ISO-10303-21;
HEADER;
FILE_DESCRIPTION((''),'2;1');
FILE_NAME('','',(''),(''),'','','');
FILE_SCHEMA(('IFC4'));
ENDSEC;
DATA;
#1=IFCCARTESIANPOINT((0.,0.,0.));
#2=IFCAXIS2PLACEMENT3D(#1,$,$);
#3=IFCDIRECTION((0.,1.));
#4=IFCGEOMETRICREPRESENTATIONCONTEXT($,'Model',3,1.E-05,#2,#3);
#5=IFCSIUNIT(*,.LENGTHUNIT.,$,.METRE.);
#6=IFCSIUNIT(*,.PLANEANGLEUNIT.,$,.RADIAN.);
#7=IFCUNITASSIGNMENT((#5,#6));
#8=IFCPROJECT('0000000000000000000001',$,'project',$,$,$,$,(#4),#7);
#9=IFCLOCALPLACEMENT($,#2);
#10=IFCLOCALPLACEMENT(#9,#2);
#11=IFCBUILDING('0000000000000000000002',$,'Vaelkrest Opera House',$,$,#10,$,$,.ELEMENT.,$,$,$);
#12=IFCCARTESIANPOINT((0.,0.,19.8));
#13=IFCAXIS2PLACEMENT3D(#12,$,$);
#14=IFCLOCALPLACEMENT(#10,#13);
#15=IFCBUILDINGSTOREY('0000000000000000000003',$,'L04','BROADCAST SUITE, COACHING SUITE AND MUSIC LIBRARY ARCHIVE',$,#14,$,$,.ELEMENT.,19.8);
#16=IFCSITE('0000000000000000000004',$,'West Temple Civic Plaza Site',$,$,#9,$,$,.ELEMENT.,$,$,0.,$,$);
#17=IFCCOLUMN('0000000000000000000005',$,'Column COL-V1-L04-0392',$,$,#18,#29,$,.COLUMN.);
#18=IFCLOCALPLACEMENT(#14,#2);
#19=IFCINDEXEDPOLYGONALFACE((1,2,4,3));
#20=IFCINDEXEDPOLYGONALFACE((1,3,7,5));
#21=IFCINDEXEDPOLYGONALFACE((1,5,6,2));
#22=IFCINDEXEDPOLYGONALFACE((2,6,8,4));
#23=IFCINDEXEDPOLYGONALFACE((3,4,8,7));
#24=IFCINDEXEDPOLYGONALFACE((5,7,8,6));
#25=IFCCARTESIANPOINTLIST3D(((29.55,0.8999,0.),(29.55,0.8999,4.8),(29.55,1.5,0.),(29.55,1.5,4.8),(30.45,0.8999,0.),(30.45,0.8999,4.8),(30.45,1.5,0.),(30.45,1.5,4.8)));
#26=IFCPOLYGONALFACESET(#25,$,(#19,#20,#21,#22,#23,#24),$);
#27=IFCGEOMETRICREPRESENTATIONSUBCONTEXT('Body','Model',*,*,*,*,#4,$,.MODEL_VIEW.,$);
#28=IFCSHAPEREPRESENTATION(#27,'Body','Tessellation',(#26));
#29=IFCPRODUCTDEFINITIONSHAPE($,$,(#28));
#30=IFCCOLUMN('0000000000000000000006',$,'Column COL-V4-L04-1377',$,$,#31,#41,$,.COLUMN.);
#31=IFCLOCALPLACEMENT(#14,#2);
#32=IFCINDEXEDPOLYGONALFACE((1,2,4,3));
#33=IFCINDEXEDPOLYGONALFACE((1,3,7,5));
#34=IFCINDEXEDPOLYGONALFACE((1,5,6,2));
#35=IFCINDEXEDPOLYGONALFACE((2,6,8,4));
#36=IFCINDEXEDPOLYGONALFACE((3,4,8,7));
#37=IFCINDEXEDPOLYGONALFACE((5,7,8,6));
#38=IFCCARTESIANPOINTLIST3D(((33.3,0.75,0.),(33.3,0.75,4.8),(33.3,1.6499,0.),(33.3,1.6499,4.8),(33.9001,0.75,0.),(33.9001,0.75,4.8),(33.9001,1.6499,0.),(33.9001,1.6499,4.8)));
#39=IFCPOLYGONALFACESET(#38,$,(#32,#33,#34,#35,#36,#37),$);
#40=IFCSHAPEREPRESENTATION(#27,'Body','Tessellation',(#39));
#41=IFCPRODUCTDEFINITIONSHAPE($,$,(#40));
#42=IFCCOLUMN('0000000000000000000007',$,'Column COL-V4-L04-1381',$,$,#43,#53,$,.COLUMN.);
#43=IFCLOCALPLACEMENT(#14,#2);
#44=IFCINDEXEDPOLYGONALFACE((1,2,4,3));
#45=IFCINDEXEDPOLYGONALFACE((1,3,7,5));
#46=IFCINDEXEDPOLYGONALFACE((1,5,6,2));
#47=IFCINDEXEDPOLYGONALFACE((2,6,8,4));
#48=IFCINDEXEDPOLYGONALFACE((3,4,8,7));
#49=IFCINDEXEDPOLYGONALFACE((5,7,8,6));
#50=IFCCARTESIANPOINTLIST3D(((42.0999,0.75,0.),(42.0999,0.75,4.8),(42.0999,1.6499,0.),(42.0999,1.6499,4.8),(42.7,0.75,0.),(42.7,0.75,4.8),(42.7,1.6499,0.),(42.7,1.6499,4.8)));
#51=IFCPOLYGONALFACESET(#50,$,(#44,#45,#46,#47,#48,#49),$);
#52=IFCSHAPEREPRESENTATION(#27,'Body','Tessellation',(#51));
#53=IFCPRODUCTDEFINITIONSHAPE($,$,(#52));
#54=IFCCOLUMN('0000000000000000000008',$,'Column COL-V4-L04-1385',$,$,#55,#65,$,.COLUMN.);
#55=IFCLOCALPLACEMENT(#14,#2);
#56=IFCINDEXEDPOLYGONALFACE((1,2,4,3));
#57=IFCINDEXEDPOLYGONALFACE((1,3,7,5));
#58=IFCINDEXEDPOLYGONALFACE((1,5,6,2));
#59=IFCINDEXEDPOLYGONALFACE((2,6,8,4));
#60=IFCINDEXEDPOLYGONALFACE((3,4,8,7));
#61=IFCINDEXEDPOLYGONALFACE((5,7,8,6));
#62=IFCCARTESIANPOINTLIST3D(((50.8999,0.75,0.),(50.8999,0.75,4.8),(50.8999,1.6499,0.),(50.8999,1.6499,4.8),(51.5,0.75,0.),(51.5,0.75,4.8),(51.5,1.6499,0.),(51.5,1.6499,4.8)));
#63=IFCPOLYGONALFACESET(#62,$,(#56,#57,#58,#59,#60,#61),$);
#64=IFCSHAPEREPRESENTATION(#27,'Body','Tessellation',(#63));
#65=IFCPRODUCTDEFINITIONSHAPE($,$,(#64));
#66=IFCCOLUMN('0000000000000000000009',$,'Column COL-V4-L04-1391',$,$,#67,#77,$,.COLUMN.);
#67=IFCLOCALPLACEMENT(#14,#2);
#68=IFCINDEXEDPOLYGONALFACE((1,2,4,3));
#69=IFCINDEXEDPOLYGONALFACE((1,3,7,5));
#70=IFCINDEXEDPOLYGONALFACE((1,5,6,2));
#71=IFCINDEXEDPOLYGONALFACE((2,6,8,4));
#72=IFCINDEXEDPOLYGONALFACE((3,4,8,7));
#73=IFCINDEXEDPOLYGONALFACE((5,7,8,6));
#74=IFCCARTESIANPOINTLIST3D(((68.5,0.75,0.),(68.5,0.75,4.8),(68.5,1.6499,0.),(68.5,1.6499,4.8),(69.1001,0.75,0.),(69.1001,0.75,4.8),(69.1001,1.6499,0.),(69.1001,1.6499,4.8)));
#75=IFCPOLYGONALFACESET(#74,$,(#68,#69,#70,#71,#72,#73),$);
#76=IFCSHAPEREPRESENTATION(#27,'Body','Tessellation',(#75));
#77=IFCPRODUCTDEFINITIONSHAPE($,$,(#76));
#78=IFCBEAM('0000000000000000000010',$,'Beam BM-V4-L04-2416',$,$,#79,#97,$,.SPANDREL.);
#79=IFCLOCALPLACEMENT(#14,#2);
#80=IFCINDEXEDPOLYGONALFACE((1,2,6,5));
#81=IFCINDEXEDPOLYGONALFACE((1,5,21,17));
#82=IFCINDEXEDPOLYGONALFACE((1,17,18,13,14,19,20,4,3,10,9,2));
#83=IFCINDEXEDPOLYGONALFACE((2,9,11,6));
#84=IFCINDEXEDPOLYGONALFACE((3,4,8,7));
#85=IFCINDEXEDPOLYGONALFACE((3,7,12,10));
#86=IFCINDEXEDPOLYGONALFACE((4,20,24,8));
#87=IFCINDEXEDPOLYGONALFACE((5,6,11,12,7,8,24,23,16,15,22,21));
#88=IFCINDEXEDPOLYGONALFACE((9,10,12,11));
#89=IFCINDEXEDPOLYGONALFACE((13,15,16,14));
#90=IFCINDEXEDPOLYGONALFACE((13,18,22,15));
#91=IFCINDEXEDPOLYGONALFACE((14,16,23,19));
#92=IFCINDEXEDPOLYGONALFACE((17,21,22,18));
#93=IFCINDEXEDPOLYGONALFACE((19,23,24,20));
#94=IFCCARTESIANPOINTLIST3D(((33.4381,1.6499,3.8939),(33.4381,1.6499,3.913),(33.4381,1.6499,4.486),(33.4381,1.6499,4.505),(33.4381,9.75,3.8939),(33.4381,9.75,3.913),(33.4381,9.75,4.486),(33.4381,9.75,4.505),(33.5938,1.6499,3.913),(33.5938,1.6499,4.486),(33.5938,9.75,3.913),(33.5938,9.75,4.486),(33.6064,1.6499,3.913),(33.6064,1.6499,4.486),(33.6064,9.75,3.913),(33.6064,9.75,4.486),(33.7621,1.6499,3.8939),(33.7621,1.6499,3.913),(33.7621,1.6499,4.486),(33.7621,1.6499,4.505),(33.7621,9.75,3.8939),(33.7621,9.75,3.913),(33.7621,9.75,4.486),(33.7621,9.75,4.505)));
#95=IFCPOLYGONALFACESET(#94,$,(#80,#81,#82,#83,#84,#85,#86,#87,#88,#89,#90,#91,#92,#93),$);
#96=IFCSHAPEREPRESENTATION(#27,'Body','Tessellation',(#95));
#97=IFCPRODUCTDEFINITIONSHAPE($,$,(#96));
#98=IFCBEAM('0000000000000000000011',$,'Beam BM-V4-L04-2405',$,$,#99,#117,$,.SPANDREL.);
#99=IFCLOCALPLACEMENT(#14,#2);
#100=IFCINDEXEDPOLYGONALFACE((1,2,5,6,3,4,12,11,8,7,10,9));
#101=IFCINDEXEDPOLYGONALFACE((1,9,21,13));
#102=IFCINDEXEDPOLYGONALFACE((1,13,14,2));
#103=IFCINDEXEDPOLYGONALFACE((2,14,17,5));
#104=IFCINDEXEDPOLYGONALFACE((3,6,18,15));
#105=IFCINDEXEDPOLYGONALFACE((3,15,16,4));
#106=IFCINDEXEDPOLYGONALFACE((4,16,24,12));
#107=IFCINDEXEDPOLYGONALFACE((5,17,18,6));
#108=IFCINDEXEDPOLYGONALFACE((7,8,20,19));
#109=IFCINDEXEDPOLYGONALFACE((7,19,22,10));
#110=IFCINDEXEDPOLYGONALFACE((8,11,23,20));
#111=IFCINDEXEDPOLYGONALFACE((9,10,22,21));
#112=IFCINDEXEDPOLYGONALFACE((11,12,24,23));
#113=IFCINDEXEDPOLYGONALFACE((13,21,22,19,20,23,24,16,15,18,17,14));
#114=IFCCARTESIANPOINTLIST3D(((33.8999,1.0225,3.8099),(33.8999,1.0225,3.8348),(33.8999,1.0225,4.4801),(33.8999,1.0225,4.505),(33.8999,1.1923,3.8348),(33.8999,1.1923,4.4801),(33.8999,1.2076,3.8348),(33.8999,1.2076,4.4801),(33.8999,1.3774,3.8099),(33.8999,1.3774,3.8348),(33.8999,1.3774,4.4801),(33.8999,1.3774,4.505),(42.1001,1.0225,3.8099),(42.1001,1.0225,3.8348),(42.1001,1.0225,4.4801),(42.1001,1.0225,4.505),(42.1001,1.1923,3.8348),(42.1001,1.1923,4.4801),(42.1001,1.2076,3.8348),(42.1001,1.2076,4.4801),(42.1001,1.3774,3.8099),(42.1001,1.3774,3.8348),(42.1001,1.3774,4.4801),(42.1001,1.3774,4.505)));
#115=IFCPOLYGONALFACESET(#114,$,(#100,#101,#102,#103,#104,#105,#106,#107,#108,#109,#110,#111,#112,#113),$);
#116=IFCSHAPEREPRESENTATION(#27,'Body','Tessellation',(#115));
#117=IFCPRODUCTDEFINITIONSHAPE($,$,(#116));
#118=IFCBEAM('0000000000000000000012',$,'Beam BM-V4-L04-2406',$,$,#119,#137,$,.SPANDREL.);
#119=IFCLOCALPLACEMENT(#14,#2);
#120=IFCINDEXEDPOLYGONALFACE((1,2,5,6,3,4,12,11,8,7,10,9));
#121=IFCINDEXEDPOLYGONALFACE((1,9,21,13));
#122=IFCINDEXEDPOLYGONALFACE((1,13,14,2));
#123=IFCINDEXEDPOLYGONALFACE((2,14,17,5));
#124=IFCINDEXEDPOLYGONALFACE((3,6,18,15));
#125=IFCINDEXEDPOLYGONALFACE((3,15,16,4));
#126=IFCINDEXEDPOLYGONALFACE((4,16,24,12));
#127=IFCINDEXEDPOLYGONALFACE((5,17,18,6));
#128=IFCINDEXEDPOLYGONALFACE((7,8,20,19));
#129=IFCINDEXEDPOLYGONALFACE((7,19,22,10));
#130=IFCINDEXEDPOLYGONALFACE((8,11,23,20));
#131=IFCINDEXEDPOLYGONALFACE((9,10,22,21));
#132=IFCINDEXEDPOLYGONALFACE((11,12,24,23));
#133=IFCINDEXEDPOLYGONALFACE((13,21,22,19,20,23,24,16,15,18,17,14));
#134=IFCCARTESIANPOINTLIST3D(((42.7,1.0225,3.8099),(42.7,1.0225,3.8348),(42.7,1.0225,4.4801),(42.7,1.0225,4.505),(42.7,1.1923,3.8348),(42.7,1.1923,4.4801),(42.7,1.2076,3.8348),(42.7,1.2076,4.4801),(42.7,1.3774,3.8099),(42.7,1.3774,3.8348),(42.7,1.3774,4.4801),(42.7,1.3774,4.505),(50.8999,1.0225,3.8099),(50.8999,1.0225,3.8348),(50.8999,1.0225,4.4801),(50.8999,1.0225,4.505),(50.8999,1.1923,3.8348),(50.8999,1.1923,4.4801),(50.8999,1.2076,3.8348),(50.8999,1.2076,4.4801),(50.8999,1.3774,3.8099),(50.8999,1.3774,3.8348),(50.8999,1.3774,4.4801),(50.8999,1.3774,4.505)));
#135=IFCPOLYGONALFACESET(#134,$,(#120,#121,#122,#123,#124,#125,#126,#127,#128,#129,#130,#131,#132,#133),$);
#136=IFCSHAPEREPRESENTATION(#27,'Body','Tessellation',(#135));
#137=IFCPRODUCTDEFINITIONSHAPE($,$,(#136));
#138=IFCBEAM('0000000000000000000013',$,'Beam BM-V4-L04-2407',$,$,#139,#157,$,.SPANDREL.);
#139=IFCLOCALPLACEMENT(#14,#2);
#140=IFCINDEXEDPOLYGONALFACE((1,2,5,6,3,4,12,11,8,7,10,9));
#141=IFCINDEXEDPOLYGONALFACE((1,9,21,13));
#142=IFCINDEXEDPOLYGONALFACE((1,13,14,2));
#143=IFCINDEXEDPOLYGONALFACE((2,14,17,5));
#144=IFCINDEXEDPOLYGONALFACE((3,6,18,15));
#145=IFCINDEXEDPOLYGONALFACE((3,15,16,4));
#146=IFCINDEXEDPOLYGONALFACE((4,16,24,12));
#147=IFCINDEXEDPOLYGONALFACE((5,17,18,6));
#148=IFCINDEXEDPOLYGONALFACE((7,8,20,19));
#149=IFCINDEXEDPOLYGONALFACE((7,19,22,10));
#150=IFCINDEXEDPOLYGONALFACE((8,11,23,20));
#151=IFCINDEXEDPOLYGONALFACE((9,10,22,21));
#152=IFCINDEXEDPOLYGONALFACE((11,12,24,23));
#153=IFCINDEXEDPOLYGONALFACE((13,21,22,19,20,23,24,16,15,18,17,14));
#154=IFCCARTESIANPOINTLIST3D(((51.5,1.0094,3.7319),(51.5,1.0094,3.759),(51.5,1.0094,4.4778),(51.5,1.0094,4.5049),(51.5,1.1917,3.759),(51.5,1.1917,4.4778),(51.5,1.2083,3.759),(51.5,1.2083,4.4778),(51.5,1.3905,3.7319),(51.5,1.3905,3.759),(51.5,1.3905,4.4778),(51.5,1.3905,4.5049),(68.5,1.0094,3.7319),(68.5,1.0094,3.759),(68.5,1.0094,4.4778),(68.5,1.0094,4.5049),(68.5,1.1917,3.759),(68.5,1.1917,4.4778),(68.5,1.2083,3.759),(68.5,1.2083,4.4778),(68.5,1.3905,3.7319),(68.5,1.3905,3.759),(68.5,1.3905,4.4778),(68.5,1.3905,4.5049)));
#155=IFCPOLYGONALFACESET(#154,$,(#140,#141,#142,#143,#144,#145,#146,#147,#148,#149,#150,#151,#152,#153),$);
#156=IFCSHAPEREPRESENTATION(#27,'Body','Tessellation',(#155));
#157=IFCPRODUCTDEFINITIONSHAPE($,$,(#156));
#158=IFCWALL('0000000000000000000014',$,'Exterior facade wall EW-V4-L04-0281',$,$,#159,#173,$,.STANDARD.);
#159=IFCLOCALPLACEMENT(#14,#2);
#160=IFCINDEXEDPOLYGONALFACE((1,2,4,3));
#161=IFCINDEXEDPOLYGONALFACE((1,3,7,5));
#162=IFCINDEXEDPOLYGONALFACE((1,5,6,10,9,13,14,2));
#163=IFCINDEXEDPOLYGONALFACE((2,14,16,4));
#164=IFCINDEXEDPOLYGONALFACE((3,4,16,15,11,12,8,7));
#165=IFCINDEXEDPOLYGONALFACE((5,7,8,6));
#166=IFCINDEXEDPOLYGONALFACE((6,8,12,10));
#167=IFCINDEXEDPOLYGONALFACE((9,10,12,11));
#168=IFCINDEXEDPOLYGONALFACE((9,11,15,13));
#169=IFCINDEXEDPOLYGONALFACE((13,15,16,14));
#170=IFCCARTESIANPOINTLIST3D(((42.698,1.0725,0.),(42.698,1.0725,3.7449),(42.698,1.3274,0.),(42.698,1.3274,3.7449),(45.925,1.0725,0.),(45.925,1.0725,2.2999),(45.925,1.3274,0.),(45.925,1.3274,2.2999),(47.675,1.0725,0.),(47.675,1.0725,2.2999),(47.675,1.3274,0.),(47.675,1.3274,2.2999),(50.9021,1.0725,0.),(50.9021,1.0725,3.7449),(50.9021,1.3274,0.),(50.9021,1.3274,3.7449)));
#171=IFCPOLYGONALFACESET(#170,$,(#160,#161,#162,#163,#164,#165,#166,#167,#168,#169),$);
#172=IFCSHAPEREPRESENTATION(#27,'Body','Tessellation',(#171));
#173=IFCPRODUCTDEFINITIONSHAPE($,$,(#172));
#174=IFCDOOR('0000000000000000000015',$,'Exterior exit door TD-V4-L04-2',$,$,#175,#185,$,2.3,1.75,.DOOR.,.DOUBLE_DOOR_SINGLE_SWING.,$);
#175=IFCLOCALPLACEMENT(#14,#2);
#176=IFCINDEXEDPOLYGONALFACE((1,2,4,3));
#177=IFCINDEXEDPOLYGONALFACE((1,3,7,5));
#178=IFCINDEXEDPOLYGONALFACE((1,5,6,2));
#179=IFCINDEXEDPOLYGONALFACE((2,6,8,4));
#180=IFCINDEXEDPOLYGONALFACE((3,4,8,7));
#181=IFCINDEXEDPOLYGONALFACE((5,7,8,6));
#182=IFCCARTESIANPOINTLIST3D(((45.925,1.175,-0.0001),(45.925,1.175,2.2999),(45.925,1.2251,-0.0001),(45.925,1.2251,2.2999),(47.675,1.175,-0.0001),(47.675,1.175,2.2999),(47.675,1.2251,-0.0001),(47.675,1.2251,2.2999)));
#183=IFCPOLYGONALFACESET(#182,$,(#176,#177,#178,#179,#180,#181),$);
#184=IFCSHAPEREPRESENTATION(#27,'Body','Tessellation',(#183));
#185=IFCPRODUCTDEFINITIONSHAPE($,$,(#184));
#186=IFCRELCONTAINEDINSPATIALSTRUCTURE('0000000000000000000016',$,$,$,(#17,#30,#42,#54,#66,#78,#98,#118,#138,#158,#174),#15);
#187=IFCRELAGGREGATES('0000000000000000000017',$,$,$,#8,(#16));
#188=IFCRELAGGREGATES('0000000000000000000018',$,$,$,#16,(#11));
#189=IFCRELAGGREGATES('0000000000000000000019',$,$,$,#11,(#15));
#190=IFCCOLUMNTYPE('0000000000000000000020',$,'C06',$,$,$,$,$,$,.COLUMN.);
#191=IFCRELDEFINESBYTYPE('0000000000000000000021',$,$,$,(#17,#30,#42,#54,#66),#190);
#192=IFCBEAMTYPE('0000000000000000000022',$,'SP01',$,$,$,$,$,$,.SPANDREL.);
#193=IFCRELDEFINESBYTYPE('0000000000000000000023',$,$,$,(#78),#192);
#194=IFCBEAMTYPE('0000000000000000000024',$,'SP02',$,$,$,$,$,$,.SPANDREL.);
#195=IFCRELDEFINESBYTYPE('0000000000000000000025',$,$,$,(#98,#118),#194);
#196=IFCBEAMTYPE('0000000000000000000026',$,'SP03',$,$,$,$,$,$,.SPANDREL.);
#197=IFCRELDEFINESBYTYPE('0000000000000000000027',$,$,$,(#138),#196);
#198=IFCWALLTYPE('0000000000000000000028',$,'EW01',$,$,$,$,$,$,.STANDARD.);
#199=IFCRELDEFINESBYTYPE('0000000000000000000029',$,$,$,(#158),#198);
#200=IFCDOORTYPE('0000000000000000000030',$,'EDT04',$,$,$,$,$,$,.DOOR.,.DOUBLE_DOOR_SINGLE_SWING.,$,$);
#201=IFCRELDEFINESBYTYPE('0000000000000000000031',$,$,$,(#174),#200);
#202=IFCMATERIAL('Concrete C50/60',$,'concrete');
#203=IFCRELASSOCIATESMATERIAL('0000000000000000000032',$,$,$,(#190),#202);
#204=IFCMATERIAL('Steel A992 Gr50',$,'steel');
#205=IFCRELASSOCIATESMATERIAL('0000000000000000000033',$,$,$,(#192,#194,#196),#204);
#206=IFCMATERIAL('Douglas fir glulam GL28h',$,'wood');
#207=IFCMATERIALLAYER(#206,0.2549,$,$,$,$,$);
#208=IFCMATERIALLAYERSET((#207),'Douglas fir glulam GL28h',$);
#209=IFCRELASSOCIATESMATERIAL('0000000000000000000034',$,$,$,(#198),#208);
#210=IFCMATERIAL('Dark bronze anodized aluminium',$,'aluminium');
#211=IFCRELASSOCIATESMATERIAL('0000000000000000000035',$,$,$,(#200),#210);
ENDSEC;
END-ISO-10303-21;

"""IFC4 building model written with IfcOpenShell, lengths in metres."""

from ifc_helpers import new_model, si_unit, direction, frame, frame_2d, origin, origin_2d, place, context, subcontext, project, spatial, rectangle, i_section, extrude, material, layer, layer_set, material_profile, profile_set, type_object, element, fill, save


model = new_model("IFC4")

# Units and contexts
model_context = context("Model", 3, precision=1e-05, world=origin(), true_north=direction((0.0, 1.0)))
body_context = subcontext(model_context, "Body", "Model", "MODEL_VIEW")
ifc_project = project(units=[si_unit("LENGTHUNIT", "METRE"), si_unit("PLANEANGLEUNIT", "RADIAN")], contexts=[model_context])

# Site, building, storey
site_placement = place(None, origin())
site = spatial("IfcSite", under=ifc_project, at=site_placement, Name="West Temple Civic Plaza Site", CompositionType="ELEMENT", RefElevation=0.0)
building_placement = place(site_placement, origin())
building = spatial("IfcBuilding", under=site, at=building_placement, Name="Vaelkrest Opera House", CompositionType="ELEMENT")
storey_placement = place(building_placement, frame((0.0, 0.0, 19.8)))
storey = spatial("IfcBuildingStorey", under=building, at=storey_placement, Name="L04", Description="BROADCAST SUITE, COACHING SUITE AND MUSIC LIBRARY ARCHIVE", CompositionType="ELEMENT", Elevation=19.8)

# Columns
ifc_material_1 = material(Name="Concrete C50/60", Category="concrete")
ifc_material_profile_1 = material_profile(ifc_material_1, rectangle(XDim=0.6001, YDim=0.8999, at=origin_2d()), Name="RC600X900")
ifc_profile_set_1 = profile_set([ifc_material_profile_1], Name="Concrete C50/60")
column_type = type_object("IfcColumnType", Name="C06", PredefinedType="COLUMN", material=ifc_profile_set_1)
for number, where, z_axis, x_axis, name in (
    (1, (30.0, 1.2, 0.0), (0.0, 0.0, 1.0), (0.0, 1.0, 0.0), "Column COL-V1-L04-0392"),
    (2, (33.6001, 1.2, 0.0), (0.0, 0.0, 1.0), (1.0, 0.0, 0.0), "Column COL-V4-L04-1377"),
    (3, (42.3999, 1.2, 0.0), (0.0, 0.0, 1.0), (1.0, 0.0, 0.0), "Column COL-V4-L04-1381"),
    (4, (51.2, 1.2, 0.0), (0.0, 0.0, 1.0), (1.0, 0.0, 0.0), "Column COL-V4-L04-1385"),
    (5, (68.8, 1.2, 0.0), (0.0, 0.0, 1.0), (1.0, 0.0, 0.0), "Column COL-V4-L04-1391"),
):
    element("IfcColumn", number, at=place(storey_placement, frame(where, z_axis=z_axis, x_axis=x_axis)), inside=storey, type_object=column_type, Name=name, PredefinedType="COLUMN", context=body_context, shape_type="SweptSolid", body=[
        extrude(rectangle(XDim=0.6001, YDim=0.8999, at=origin_2d()), origin(), (0.0, 0.0, 1.0), 4.8),
    ])

# Beams
ifc_material_2 = material(Name="Steel A992 Gr50", Category="steel")
ifc_material_profile_2 = material_profile(ifc_material_2, i_section(OverallWidth=0.324, OverallDepth=0.6111, WebThickness=0.0127, FlangeThickness=0.019, at=origin_2d()), Name="W24X104")
ifc_profile_set_2 = profile_set([ifc_material_profile_2], Name="Steel A992 Gr50")
beam_type_1 = type_object("IfcBeamType", Name="SP01", PredefinedType="SPANDREL", material=ifc_profile_set_2)
beam_1_placement = place(storey_placement, frame((33.6001, 1.6499, 4.1995), z_axis=(0.0, 1.0, 0.0), x_axis=(-1.0, 0.0, 0.0)))
element("IfcBeam", 6, at=beam_1_placement, inside=storey, type_object=beam_type_1, Name="Beam BM-V4-L04-2416", PredefinedType="SPANDREL", context=body_context, shape_type="SweptSolid", body=[
    extrude(i_section(OverallWidth=0.324, OverallDepth=0.6111, WebThickness=0.0127, FlangeThickness=0.019, at=origin_2d()), origin(), (0.0, 0.0, 1.0), 8.1001),
])
ifc_material_profile_3 = material_profile(ifc_material_2, i_section(OverallWidth=0.355, OverallDepth=0.6951, WebThickness=0.0154, FlangeThickness=0.0249, at=origin_2d()), Name="W27X146")
ifc_profile_set_3 = profile_set([ifc_material_profile_3], Name="Steel A992 Gr50")
beam_type_2 = type_object("IfcBeamType", Name="SP02", PredefinedType="SPANDREL", material=ifc_profile_set_3)
beam_2_placement = place(storey_placement, frame((33.8999, 1.2, 4.1575), z_axis=(1.0, 0.0, 0.0), x_axis=(0.0, 1.0, 0.0)))
element("IfcBeam", 7, at=beam_2_placement, inside=storey, type_object=beam_type_2, Name="Beam BM-V4-L04-2405", PredefinedType="SPANDREL", context=body_context, shape_type="SweptSolid", body=[
    extrude(i_section(OverallWidth=0.355, OverallDepth=0.6951, WebThickness=0.0154, FlangeThickness=0.0249, at=origin_2d()), origin(), (0.0, 0.0, 1.0), 8.2002),
])
beam_3_placement = place(storey_placement, frame((42.7, 1.2, 4.1575), z_axis=(1.0, 0.0, 0.0), x_axis=(0.0, 1.0, 0.0)))
element("IfcBeam", 8, at=beam_3_placement, inside=storey, type_object=beam_type_2, Name="Beam BM-V4-L04-2406", PredefinedType="SPANDREL", context=body_context, shape_type="SweptSolid", body=[
    extrude(i_section(OverallWidth=0.355, OverallDepth=0.6951, WebThickness=0.0154, FlangeThickness=0.0249, at=origin_2d()), origin(), (0.0, 0.0, 1.0), 8.2),
])
ifc_material_profile_4 = material_profile(ifc_material_2, i_section(OverallWidth=0.3811, OverallDepth=0.7729, WebThickness=0.0166, FlangeThickness=0.0271, at=origin_2d()), Name="W30X173")
ifc_profile_set_4 = profile_set([ifc_material_profile_4], Name="Steel A992 Gr50")
beam_type_3 = type_object("IfcBeamType", Name="SP03", PredefinedType="SPANDREL", material=ifc_profile_set_4)
beam_4_placement = place(storey_placement, frame((51.5, 1.2, 4.1184), z_axis=(1.0, 0.0, 0.0), x_axis=(0.0, 1.0, 0.0)))
element("IfcBeam", 9, at=beam_4_placement, inside=storey, type_object=beam_type_3, Name="Beam BM-V4-L04-2407", PredefinedType="SPANDREL", context=body_context, shape_type="SweptSolid", body=[
    extrude(i_section(OverallWidth=0.3811, OverallDepth=0.7729, WebThickness=0.0166, FlangeThickness=0.0271, at=origin_2d()), origin(), (0.0, 0.0, 1.0), 17.0),
])

# Wall, opening, door
ifc_material_3 = material(Name="Douglas fir glulam GL28h", Category="wood")
ifc_layer_1 = layer(ifc_material_3, 0.2549)
ifc_layer_set_1 = layer_set([ifc_layer_1], Name="Douglas fir glulam GL28h")
wall_type_1 = type_object("IfcWallType", Name="EW01", PredefinedType="STANDARD", material=ifc_layer_set_1)
wall_1_placement = place(storey_placement, frame((50.9021, 1.2, 0.0), z_axis=(0.0, 0.0, 1.0), x_axis=(-1.0, 0.0, 0.0)))
wall_1 = element("IfcWall", 10, at=wall_1_placement, inside=storey, type_object=wall_type_1, Name="Exterior facade wall EW-V4-L04-0281", PredefinedType="STANDARD", context=body_context, shape_type="SweptSolid", body=[
    extrude(rectangle(XDim=8.2041, YDim=0.2549, at=frame_2d((4.1021, 0.0))), origin(), (0.0, 0.0, 1.0), 3.7449),
])
opening_1_placement = place(wall_1_placement, frame((3.2271, 0.0, 0.0)))
opening_1 = element("IfcOpeningElement", 11, at=opening_1_placement, cuts=wall_1, PredefinedType="OPENING", context=body_context, shape_type="SweptSolid", body=[
    extrude(rectangle(XDim=1.75, YDim=2.3, at=frame_2d((0.875, 1.1499))), frame((0.0, 0.1375, 0.0), z_axis=(0.0, -1.0, 0.0), x_axis=(1.0, 0.0, 0.0)), (0.0, 0.0, 1.0), 0.2749),
])
ifc_material_4 = material(Name="Dark bronze anodized aluminium", Category="aluminium")
door_type = type_object("IfcDoorType", Name="EDT04", OperationType="DOUBLE_DOOR_SINGLE_SWING", PredefinedType="DOOR", material=ifc_material_4)
door_1_placement = place(opening_1_placement, origin())
door_1 = element("IfcDoor", 12, at=door_1_placement, inside=storey, type_object=door_type, Name="Exterior exit door TD-V4-L04-2", OperationType="DOUBLE_DOOR_SINGLE_SWING", OverallHeight=2.3, OverallWidth=1.75, PredefinedType="DOOR", context=body_context, shape_type="SweptSolid", body=[
    extrude(rectangle(XDim=1.75, YDim=2.3, at=frame_2d((0.875, 1.1499))), frame((0.0, 0.0249, 0.0), z_axis=(0.0, -1.0, 0.0), x_axis=(1.0, 0.0, 0.0)), (0.0, 0.0, 1.0), 0.05),
])
fill(opening_1, door_1)

save(model, "model.ifc")
